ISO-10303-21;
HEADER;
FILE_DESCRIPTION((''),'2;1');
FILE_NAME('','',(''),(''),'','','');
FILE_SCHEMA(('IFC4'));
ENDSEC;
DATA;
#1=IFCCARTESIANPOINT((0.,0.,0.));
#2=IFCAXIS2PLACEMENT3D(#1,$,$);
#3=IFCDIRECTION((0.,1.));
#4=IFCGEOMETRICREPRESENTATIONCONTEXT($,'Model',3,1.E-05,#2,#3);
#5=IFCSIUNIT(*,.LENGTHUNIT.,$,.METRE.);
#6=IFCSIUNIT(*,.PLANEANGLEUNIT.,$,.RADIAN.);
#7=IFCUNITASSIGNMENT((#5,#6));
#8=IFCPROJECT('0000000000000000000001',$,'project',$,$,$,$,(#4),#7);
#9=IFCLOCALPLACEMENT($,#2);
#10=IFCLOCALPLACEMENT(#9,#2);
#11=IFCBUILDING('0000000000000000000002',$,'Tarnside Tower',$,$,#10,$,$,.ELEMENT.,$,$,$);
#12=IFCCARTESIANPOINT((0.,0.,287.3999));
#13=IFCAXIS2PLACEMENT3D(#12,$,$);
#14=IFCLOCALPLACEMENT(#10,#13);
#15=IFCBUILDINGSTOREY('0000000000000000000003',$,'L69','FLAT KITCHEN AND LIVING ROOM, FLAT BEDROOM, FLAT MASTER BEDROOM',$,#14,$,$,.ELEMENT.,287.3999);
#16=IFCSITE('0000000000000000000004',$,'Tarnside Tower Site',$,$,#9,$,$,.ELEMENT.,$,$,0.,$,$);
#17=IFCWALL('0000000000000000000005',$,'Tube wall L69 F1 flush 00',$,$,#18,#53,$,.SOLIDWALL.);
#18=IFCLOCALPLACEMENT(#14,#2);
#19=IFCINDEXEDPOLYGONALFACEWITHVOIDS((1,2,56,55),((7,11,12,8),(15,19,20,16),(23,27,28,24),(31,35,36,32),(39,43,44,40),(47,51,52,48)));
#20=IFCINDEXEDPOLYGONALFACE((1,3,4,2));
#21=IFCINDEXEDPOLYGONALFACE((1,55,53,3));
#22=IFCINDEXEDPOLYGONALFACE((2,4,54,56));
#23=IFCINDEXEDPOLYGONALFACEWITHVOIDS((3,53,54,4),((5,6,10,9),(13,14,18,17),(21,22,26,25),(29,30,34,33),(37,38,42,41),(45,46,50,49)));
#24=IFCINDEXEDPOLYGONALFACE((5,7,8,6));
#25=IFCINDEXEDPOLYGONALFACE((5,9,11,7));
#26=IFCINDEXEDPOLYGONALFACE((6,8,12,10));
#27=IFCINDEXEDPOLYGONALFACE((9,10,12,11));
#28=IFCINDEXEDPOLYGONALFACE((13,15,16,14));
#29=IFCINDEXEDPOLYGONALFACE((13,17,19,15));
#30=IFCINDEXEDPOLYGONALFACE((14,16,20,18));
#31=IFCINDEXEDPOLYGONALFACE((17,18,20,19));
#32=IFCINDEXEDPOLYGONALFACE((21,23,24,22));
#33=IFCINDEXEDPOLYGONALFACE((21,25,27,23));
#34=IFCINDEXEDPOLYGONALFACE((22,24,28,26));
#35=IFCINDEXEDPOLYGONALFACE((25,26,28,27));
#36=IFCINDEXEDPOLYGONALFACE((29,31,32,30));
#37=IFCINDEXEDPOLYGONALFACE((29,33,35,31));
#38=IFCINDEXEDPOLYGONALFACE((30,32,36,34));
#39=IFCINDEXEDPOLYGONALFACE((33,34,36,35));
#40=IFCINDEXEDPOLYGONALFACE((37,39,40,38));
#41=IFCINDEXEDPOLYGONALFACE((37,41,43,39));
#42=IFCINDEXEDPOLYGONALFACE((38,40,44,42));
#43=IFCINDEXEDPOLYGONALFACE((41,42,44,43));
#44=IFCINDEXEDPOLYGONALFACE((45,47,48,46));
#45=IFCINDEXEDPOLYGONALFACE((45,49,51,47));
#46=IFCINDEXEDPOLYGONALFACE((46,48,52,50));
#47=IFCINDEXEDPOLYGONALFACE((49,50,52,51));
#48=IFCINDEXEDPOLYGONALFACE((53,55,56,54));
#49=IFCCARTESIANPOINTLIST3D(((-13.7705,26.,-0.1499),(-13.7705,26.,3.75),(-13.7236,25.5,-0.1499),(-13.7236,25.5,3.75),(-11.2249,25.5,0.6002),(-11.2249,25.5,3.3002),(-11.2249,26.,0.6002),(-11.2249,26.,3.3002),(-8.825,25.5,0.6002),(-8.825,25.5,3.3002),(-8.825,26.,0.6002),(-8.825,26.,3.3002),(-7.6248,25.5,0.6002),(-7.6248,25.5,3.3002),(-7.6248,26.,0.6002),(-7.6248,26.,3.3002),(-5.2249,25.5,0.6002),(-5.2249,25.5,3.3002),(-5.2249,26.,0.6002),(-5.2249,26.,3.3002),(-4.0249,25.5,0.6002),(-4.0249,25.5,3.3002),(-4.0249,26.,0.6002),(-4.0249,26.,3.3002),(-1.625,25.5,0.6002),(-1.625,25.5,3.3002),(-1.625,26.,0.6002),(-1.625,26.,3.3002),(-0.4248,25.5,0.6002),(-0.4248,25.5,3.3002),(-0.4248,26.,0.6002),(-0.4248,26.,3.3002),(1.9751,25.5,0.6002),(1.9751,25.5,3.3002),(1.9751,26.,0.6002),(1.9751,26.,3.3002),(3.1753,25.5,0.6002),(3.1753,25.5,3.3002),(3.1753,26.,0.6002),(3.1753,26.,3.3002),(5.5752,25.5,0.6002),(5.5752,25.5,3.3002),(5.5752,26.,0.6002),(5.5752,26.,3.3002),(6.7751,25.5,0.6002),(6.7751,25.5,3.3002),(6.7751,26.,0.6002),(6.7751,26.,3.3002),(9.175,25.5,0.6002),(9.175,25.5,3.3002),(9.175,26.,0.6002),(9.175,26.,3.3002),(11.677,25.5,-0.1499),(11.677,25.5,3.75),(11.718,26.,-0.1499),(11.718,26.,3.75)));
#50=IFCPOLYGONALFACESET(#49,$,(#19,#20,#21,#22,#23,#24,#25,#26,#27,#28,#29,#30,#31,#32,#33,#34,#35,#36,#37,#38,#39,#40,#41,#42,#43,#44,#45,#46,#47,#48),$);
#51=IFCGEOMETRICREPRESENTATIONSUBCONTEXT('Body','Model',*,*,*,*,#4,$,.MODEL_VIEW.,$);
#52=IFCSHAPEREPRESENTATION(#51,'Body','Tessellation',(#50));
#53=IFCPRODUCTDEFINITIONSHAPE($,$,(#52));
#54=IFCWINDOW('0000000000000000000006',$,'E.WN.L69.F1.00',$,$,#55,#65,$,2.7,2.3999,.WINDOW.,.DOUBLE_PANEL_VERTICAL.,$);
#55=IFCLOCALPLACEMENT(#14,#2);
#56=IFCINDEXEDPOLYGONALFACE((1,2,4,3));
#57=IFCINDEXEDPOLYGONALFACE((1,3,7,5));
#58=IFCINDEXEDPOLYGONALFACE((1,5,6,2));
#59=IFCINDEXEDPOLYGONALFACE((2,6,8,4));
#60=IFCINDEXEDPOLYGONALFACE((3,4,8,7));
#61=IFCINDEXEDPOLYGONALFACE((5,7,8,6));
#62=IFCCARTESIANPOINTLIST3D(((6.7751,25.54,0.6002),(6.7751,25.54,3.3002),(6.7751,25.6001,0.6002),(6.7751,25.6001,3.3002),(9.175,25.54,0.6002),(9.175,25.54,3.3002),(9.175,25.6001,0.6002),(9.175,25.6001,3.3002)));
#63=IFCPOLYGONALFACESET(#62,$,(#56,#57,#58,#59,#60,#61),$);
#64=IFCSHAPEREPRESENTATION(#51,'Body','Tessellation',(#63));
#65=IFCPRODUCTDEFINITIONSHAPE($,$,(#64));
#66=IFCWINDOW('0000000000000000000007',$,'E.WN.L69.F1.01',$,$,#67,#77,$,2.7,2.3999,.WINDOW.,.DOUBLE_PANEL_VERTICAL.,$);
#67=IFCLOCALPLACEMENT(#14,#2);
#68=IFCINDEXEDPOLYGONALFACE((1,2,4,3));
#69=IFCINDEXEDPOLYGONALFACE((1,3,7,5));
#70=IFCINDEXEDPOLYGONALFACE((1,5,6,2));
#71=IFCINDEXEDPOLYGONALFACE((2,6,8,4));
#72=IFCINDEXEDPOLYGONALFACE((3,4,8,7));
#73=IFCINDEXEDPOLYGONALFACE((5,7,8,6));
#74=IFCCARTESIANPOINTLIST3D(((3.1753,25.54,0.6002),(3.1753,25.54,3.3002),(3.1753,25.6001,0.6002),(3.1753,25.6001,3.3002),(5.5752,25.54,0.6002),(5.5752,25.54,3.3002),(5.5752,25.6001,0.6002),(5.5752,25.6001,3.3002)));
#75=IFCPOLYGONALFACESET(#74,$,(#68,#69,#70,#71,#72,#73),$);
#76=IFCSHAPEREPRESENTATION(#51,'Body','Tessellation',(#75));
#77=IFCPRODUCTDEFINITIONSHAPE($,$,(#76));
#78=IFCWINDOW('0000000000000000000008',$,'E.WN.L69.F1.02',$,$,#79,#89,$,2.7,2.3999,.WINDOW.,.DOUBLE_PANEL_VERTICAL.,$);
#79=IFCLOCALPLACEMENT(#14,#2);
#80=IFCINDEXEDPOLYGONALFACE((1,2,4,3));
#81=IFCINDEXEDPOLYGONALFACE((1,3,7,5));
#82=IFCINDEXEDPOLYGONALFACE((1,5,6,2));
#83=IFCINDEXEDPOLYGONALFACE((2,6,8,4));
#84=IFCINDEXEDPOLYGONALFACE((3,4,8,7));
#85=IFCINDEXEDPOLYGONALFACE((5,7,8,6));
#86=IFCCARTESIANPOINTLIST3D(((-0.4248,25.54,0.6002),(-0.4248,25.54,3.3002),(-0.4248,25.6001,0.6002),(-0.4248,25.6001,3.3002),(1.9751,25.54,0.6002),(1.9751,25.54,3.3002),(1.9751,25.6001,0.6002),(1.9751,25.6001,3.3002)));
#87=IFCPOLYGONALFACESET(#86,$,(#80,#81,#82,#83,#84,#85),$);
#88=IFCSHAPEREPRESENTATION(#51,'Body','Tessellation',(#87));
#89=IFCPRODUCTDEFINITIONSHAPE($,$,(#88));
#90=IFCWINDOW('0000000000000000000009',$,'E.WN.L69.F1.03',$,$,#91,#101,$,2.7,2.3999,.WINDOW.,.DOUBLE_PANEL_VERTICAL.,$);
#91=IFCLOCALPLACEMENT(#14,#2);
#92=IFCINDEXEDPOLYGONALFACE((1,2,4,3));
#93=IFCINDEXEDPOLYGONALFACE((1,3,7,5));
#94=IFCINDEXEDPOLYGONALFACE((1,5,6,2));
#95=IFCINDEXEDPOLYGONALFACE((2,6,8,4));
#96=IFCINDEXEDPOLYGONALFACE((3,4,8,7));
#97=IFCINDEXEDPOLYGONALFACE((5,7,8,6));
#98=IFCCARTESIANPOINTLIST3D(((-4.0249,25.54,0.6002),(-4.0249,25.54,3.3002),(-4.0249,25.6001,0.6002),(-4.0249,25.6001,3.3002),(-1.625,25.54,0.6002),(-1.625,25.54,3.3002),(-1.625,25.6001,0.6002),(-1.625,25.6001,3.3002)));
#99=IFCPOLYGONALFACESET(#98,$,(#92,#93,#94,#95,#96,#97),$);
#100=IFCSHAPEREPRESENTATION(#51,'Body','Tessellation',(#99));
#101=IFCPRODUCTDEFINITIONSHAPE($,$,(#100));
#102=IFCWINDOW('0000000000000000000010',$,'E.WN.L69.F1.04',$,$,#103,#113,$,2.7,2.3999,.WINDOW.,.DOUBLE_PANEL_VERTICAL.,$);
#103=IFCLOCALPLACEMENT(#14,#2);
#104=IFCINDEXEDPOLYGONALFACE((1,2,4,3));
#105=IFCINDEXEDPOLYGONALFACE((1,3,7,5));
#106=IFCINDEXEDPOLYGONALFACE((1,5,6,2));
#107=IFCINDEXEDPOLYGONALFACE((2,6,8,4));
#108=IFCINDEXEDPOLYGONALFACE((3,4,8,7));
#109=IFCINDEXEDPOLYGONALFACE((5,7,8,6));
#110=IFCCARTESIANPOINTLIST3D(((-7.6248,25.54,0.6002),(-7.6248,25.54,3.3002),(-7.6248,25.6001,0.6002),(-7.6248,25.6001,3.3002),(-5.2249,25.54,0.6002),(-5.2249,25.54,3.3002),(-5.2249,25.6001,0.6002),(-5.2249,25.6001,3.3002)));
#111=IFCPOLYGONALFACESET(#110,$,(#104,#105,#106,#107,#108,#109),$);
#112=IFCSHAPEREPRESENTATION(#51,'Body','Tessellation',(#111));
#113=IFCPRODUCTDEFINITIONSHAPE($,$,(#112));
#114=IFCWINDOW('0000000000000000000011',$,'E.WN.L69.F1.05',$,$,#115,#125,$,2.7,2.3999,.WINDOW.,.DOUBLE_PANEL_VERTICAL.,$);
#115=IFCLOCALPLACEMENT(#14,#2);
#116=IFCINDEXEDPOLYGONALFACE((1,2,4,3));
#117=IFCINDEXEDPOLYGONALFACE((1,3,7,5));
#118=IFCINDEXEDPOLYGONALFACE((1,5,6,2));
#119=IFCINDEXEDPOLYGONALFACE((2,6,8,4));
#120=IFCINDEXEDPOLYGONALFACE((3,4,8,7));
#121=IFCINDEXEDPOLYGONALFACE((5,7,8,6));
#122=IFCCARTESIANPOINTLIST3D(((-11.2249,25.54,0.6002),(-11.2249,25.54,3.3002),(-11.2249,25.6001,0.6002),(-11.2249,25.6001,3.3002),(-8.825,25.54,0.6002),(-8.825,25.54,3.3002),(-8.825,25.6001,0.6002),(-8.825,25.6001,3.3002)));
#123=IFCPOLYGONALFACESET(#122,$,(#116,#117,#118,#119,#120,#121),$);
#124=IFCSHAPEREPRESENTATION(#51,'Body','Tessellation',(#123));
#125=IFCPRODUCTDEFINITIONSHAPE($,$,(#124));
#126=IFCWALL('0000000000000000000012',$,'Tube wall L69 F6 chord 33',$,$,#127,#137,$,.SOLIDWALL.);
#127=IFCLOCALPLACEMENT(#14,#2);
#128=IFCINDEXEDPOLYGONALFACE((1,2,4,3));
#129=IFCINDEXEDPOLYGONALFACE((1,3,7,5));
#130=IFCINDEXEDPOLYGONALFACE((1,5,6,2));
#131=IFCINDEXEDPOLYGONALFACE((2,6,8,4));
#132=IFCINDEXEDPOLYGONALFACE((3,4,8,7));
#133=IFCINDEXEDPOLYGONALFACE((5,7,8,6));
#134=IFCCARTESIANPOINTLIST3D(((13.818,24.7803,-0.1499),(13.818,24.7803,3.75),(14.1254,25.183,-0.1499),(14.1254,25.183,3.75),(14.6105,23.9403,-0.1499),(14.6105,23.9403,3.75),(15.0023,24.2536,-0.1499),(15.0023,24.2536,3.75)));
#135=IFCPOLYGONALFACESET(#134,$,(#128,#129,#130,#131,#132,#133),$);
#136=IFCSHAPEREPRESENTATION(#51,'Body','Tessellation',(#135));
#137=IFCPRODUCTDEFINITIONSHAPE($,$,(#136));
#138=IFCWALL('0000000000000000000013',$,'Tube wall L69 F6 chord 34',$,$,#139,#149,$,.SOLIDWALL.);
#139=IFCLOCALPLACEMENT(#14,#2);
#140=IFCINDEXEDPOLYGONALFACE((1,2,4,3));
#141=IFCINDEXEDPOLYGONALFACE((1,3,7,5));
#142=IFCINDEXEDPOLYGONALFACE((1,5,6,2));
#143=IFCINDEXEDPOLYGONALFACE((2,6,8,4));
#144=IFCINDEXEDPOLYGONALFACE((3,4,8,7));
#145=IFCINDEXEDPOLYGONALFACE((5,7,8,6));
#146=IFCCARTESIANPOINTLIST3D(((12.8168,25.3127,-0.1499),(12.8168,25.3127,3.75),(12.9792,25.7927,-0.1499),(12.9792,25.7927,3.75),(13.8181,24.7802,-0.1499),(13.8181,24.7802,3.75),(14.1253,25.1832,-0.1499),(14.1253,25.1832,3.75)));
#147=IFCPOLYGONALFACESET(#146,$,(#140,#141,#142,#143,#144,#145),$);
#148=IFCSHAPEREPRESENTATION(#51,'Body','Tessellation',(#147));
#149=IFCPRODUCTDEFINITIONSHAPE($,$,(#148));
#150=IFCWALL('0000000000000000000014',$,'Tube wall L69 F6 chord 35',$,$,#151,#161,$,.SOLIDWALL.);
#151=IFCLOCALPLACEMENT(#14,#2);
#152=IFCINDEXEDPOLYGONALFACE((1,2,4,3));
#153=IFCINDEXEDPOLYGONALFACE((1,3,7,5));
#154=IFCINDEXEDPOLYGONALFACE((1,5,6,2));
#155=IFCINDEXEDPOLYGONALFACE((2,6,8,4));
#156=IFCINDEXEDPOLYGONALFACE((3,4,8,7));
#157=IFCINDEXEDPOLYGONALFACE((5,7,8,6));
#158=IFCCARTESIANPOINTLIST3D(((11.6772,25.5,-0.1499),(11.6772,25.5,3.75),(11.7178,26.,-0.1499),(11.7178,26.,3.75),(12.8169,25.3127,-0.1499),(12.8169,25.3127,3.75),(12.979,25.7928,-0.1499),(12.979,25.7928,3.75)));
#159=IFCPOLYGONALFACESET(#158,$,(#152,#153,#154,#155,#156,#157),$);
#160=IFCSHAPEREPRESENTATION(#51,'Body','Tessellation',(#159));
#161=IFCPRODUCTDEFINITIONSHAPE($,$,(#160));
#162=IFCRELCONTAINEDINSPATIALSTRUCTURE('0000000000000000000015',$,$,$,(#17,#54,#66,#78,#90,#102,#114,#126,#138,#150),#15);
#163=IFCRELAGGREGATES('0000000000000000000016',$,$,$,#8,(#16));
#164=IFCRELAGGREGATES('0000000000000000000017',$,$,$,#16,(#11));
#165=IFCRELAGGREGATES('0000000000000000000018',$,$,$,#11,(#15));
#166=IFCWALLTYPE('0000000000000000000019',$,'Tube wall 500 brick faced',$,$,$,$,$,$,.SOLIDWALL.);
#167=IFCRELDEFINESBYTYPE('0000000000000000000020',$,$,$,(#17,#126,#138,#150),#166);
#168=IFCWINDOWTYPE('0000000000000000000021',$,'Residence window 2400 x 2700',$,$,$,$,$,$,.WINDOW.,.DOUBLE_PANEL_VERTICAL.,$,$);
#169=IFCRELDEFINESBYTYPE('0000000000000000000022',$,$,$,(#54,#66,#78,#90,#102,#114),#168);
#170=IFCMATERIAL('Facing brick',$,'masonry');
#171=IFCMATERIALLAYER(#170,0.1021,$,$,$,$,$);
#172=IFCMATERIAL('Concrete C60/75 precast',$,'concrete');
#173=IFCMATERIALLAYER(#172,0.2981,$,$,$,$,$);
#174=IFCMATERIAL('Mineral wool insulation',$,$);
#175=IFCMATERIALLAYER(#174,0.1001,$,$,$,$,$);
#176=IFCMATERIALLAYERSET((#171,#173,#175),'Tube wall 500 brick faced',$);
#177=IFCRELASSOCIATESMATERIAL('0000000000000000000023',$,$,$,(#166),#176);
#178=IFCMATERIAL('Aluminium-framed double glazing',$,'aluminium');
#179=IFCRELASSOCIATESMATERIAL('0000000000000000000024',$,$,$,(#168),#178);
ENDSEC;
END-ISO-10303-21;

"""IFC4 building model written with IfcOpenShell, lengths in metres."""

from ifc_helpers import new_model, si_unit, direction, frame, frame_2d, origin, place, context, subcontext, project, spatial, polyline, rectangle, outline, extrude, material, layer, layer_set, type_object, element, fill, save


model = new_model("IFC4")

# Units and contexts
model_context = context("Model", 3, precision=1e-05, world=origin(), true_north=direction((0.0, 1.0)))
body_context = subcontext(model_context, "Body", "Model", "MODEL_VIEW")
ifc_project = project(units=[si_unit("LENGTHUNIT", "METRE"), si_unit("PLANEANGLEUNIT", "RADIAN")], contexts=[model_context])

# Site, building, storey
site_placement = place(None, origin())
site = spatial("IfcSite", under=ifc_project, at=site_placement, Name="Tarnside Tower Site", CompositionType="ELEMENT", RefElevation=0.0)
building_placement = place(site_placement, origin())
building = spatial("IfcBuilding", under=site, at=building_placement, Name="Tarnside Tower", CompositionType="ELEMENT")
storey_placement = place(building_placement, frame((0.0, 0.0, 287.3999)))
storey = spatial("IfcBuildingStorey", under=building, at=storey_placement, Name="L69", Description="FLAT KITCHEN AND LIVING ROOM, FLAT BEDROOM, FLAT MASTER BEDROOM", CompositionType="ELEMENT", Elevation=287.3999)

# Shared definitions
ifc_material_1 = material(Name="Concrete C60/75 precast", Category="concrete")
ifc_material_2 = material(Name="Mineral wool insulation")

# Wall, openings, windows
ifc_material_3 = material(Name="Facing brick", Category="masonry")
ifc_layer_1 = layer(ifc_material_3, 0.1021)
ifc_layer_2 = layer(ifc_material_1, 0.2981)
ifc_layer_3 = layer(ifc_material_2, 0.1001)
ifc_layer_set_1 = layer_set([ifc_layer_1, ifc_layer_2, ifc_layer_3], Name="Tube wall 500 brick faced")
wall_type_1 = type_object("IfcWallType", Name="Tube wall 500 brick faced", PredefinedType="SOLIDWALL", material=ifc_layer_set_1)
wall_1_placement = place(storey_placement, frame((11.6975, 25.75, -0.1499), z_axis=(0.0, 0.0, 1.0), x_axis=(-1.0, 0.0, 0.0)))
wall_1 = element("IfcWall", 1, at=wall_1_placement, inside=storey, type_object=wall_type_1, Name="Tube wall L69 F1 flush 00", PredefinedType="SOLIDWALL", context=body_context, shape_type="SweptSolid", body=[
    extrude(outline(polyline([(-0.0205, -0.25), (25.468, -0.25), (25.4211, 0.25), (0.0205, 0.25), (-0.0205, -0.25)])), origin(), (0.0, 0.0, 1.0), 3.8999),
])
opening_1_placement = place(wall_1_placement, frame((2.5225, 0.0, 0.75)))
opening_1 = element("IfcOpeningElement", 2, at=opening_1_placement, cuts=wall_1, PredefinedType="OPENING", context=body_context, shape_type="SweptSolid", body=[
    extrude(rectangle(XDim=2.3999, YDim=2.7, at=frame_2d((1.2, 1.3501))), frame((0.0, 0.26, 0.0), z_axis=(0.0, -1.0, 0.0), x_axis=(1.0, 0.0, 0.0)), (0.0, 0.0, 1.0), 0.52),
])
opening_2_placement = place(wall_1_placement, frame((6.1223, 0.0, 0.75)))
opening_2 = element("IfcOpeningElement", 3, at=opening_2_placement, cuts=wall_1, PredefinedType="OPENING", context=body_context, shape_type="SweptSolid", body=[
    extrude(rectangle(XDim=2.3999, YDim=2.7, at=frame_2d((1.2, 1.3501))), frame((0.0, 0.26, 0.0), z_axis=(0.0, -1.0, 0.0), x_axis=(1.0, 0.0, 0.0)), (0.0, 0.0, 1.0), 0.52),
])
opening_3_placement = place(wall_1_placement, frame((9.7224, 0.0, 0.75)))
opening_3 = element("IfcOpeningElement", 4, at=opening_3_placement, cuts=wall_1, PredefinedType="OPENING", context=body_context, shape_type="SweptSolid", body=[
    extrude(rectangle(XDim=2.3999, YDim=2.7, at=frame_2d((1.2, 1.3501))), frame((0.0, 0.26, 0.0), z_axis=(0.0, -1.0, 0.0), x_axis=(1.0, 0.0, 0.0)), (0.0, 0.0, 1.0), 0.52),
])
opening_4_placement = place(wall_1_placement, frame((13.3225, 0.0, 0.75)))
opening_4 = element("IfcOpeningElement", 5, at=opening_4_placement, cuts=wall_1, PredefinedType="OPENING", context=body_context, shape_type="SweptSolid", body=[
    extrude(rectangle(XDim=2.3999, YDim=2.7, at=frame_2d((1.2, 1.3501))), frame((0.0, 0.26, 0.0), z_axis=(0.0, -1.0, 0.0), x_axis=(1.0, 0.0, 0.0)), (0.0, 0.0, 1.0), 0.52),
])
opening_5_placement = place(wall_1_placement, frame((16.9224, 0.0, 0.75)))
opening_5 = element("IfcOpeningElement", 6, at=opening_5_placement, cuts=wall_1, PredefinedType="OPENING", context=body_context, shape_type="SweptSolid", body=[
    extrude(rectangle(XDim=2.3999, YDim=2.7, at=frame_2d((1.2, 1.3501))), frame((0.0, 0.26, 0.0), z_axis=(0.0, -1.0, 0.0), x_axis=(1.0, 0.0, 0.0)), (0.0, 0.0, 1.0), 0.52),
])
opening_6_placement = place(wall_1_placement, frame((20.5225, 0.0, 0.75)))
opening_6 = element("IfcOpeningElement", 7, at=opening_6_placement, cuts=wall_1, PredefinedType="OPENING", context=body_context, shape_type="SweptSolid", body=[
    extrude(rectangle(XDim=2.3999, YDim=2.7, at=frame_2d((1.2, 1.3501))), frame((0.0, 0.26, 0.0), z_axis=(0.0, -1.0, 0.0), x_axis=(1.0, 0.0, 0.0)), (0.0, 0.0, 1.0), 0.52),
])
ifc_material_4 = material(Name="Aluminium-framed double glazing", Category="aluminium")
window_type = type_object("IfcWindowType", Name="Residence window 2400 x 2700", PartitioningType="DOUBLE_PANEL_VERTICAL", PredefinedType="WINDOW", material=ifc_material_4)
window_1_placement = place(opening_1_placement, frame((0.0, 0.1799, 0.0)))
window_1 = element("IfcWindow", 8, at=window_1_placement, inside=storey, type_object=window_type, Name="E.WN.L69.F1.00", OverallHeight=2.7, OverallWidth=2.3999, PartitioningType="DOUBLE_PANEL_VERTICAL", PredefinedType="WINDOW", context=body_context, shape_type="SweptSolid", body=[
    extrude(rectangle(XDim=2.3999, YDim=2.7, at=frame_2d((1.2, 1.3501))), frame((0.0, 0.03, 0.0), z_axis=(0.0, -1.0, 0.0), x_axis=(1.0, 0.0, 0.0)), (0.0, 0.0, 1.0), 0.0601),
])
fill(opening_1, window_1)
window_2_placement = place(opening_2_placement, frame((0.0, 0.1799, 0.0)))
window_2 = element("IfcWindow", 9, at=window_2_placement, inside=storey, type_object=window_type, Name="E.WN.L69.F1.01", OverallHeight=2.7, OverallWidth=2.3999, PartitioningType="DOUBLE_PANEL_VERTICAL", PredefinedType="WINDOW", context=body_context, shape_type="SweptSolid", body=[
    extrude(rectangle(XDim=2.3999, YDim=2.7, at=frame_2d((1.2, 1.3501))), frame((0.0, 0.03, 0.0), z_axis=(0.0, -1.0, 0.0), x_axis=(1.0, 0.0, 0.0)), (0.0, 0.0, 1.0), 0.0601),
])
fill(opening_2, window_2)
window_3_placement = place(opening_3_placement, frame((0.0, 0.1799, 0.0)))
window_3 = element("IfcWindow", 10, at=window_3_placement, inside=storey, type_object=window_type, Name="E.WN.L69.F1.02", OverallHeight=2.7, OverallWidth=2.3999, PartitioningType="DOUBLE_PANEL_VERTICAL", PredefinedType="WINDOW", context=body_context, shape_type="SweptSolid", body=[
    extrude(rectangle(XDim=2.3999, YDim=2.7, at=frame_2d((1.2, 1.3501))), frame((0.0, 0.03, 0.0), z_axis=(0.0, -1.0, 0.0), x_axis=(1.0, 0.0, 0.0)), (0.0, 0.0, 1.0), 0.0601),
])
fill(opening_3, window_3)
window_4_placement = place(opening_4_placement, frame((0.0, 0.1799, 0.0)))
window_4 = element("IfcWindow", 11, at=window_4_placement, inside=storey, type_object=window_type, Name="E.WN.L69.F1.03", OverallHeight=2.7, OverallWidth=2.3999, PartitioningType="DOUBLE_PANEL_VERTICAL", PredefinedType="WINDOW", context=body_context, shape_type="SweptSolid", body=[
    extrude(rectangle(XDim=2.3999, YDim=2.7, at=frame_2d((1.2, 1.3501))), frame((0.0, 0.03, 0.0), z_axis=(0.0, -1.0, 0.0), x_axis=(1.0, 0.0, 0.0)), (0.0, 0.0, 1.0), 0.0601),
])
fill(opening_4, window_4)
window_5_placement = place(opening_5_placement, frame((0.0, 0.1799, 0.0)))
window_5 = element("IfcWindow", 12, at=window_5_placement, inside=storey, type_object=window_type, Name="E.WN.L69.F1.04", OverallHeight=2.7, OverallWidth=2.3999, PartitioningType="DOUBLE_PANEL_VERTICAL", PredefinedType="WINDOW", context=body_context, shape_type="SweptSolid", body=[
    extrude(rectangle(XDim=2.3999, YDim=2.7, at=frame_2d((1.2, 1.3501))), frame((0.0, 0.03, 0.0), z_axis=(0.0, -1.0, 0.0), x_axis=(1.0, 0.0, 0.0)), (0.0, 0.0, 1.0), 0.0601),
])
fill(opening_5, window_5)
window_6_placement = place(opening_6_placement, frame((0.0, 0.1799, 0.0)))
window_6 = element("IfcWindow", 13, at=window_6_placement, inside=storey, type_object=window_type, Name="E.WN.L69.F1.05", OverallHeight=2.7, OverallWidth=2.3999, PartitioningType="DOUBLE_PANEL_VERTICAL", PredefinedType="WINDOW", context=body_context, shape_type="SweptSolid", body=[
    extrude(rectangle(XDim=2.3999, YDim=2.7, at=frame_2d((1.2, 1.3501))), frame((0.0, 0.03, 0.0), z_axis=(0.0, -1.0, 0.0), x_axis=(1.0, 0.0, 0.0)), (0.0, 0.0, 1.0), 0.0601),
])
fill(opening_6, window_6)

# Walls
wall_2_placement = place(storey_placement, frame((14.8064, 24.0969, -0.1499), z_axis=(0.0, 0.0, 1.0), x_axis=(-0.686234, 0.72738, 0.0)))
element("IfcWall", 14, at=wall_2_placement, inside=storey, type_object=wall_type_1, Name="Tube wall L69 F6 chord 33", PredefinedType="SOLIDWALL", context=body_context, shape_type="SweptSolid", body=[
    extrude(outline(polyline([(-0.0205, -0.25), (1.2573, -0.25), (1.1753, 0.25), (0.0205, 0.25), (-0.0205, -0.25)])), origin(), (0.0, 0.0, 1.0), 3.8999),
])
wall_3_placement = place(storey_placement, frame((13.9717, 24.9817, -0.1499), z_axis=(0.0, 0.0, 1.0), x_axis=(-0.882902, 0.469556, 0.0)))
element("IfcWall", 15, at=wall_3_placement, inside=storey, type_object=wall_type_1, Name="Tube wall L69 F6 chord 34", PredefinedType="SOLIDWALL", context=body_context, shape_type="SweptSolid", body=[
    extrude(outline(polyline([(-0.041, -0.25), (1.2571, -0.25), (1.175, 0.25), (0.041, 0.25), (-0.041, -0.25)])), origin(), (0.0, 0.0, 1.0), 3.8999),
])
wall_4_placement = place(storey_placement, frame((12.8979, 25.5527, -0.1499), z_axis=(0.0, 0.0, 1.0), x_axis=(-0.986766, 0.162153, 0.0)))
element("IfcWall", 16, at=wall_4_placement, inside=storey, type_object=wall_type_1, Name="Tube wall L69 F6 chord 35", PredefinedType="SOLIDWALL", context=body_context, shape_type="SweptSolid", body=[
    extrude(outline(polyline([(-0.041, -0.25), (1.2371, -0.25), (1.196, 0.25), (0.041, 0.25), (-0.041, -0.25)])), origin(), (0.0, 0.0, 1.0), 3.8999),
])

save(model, "model.ifc")
